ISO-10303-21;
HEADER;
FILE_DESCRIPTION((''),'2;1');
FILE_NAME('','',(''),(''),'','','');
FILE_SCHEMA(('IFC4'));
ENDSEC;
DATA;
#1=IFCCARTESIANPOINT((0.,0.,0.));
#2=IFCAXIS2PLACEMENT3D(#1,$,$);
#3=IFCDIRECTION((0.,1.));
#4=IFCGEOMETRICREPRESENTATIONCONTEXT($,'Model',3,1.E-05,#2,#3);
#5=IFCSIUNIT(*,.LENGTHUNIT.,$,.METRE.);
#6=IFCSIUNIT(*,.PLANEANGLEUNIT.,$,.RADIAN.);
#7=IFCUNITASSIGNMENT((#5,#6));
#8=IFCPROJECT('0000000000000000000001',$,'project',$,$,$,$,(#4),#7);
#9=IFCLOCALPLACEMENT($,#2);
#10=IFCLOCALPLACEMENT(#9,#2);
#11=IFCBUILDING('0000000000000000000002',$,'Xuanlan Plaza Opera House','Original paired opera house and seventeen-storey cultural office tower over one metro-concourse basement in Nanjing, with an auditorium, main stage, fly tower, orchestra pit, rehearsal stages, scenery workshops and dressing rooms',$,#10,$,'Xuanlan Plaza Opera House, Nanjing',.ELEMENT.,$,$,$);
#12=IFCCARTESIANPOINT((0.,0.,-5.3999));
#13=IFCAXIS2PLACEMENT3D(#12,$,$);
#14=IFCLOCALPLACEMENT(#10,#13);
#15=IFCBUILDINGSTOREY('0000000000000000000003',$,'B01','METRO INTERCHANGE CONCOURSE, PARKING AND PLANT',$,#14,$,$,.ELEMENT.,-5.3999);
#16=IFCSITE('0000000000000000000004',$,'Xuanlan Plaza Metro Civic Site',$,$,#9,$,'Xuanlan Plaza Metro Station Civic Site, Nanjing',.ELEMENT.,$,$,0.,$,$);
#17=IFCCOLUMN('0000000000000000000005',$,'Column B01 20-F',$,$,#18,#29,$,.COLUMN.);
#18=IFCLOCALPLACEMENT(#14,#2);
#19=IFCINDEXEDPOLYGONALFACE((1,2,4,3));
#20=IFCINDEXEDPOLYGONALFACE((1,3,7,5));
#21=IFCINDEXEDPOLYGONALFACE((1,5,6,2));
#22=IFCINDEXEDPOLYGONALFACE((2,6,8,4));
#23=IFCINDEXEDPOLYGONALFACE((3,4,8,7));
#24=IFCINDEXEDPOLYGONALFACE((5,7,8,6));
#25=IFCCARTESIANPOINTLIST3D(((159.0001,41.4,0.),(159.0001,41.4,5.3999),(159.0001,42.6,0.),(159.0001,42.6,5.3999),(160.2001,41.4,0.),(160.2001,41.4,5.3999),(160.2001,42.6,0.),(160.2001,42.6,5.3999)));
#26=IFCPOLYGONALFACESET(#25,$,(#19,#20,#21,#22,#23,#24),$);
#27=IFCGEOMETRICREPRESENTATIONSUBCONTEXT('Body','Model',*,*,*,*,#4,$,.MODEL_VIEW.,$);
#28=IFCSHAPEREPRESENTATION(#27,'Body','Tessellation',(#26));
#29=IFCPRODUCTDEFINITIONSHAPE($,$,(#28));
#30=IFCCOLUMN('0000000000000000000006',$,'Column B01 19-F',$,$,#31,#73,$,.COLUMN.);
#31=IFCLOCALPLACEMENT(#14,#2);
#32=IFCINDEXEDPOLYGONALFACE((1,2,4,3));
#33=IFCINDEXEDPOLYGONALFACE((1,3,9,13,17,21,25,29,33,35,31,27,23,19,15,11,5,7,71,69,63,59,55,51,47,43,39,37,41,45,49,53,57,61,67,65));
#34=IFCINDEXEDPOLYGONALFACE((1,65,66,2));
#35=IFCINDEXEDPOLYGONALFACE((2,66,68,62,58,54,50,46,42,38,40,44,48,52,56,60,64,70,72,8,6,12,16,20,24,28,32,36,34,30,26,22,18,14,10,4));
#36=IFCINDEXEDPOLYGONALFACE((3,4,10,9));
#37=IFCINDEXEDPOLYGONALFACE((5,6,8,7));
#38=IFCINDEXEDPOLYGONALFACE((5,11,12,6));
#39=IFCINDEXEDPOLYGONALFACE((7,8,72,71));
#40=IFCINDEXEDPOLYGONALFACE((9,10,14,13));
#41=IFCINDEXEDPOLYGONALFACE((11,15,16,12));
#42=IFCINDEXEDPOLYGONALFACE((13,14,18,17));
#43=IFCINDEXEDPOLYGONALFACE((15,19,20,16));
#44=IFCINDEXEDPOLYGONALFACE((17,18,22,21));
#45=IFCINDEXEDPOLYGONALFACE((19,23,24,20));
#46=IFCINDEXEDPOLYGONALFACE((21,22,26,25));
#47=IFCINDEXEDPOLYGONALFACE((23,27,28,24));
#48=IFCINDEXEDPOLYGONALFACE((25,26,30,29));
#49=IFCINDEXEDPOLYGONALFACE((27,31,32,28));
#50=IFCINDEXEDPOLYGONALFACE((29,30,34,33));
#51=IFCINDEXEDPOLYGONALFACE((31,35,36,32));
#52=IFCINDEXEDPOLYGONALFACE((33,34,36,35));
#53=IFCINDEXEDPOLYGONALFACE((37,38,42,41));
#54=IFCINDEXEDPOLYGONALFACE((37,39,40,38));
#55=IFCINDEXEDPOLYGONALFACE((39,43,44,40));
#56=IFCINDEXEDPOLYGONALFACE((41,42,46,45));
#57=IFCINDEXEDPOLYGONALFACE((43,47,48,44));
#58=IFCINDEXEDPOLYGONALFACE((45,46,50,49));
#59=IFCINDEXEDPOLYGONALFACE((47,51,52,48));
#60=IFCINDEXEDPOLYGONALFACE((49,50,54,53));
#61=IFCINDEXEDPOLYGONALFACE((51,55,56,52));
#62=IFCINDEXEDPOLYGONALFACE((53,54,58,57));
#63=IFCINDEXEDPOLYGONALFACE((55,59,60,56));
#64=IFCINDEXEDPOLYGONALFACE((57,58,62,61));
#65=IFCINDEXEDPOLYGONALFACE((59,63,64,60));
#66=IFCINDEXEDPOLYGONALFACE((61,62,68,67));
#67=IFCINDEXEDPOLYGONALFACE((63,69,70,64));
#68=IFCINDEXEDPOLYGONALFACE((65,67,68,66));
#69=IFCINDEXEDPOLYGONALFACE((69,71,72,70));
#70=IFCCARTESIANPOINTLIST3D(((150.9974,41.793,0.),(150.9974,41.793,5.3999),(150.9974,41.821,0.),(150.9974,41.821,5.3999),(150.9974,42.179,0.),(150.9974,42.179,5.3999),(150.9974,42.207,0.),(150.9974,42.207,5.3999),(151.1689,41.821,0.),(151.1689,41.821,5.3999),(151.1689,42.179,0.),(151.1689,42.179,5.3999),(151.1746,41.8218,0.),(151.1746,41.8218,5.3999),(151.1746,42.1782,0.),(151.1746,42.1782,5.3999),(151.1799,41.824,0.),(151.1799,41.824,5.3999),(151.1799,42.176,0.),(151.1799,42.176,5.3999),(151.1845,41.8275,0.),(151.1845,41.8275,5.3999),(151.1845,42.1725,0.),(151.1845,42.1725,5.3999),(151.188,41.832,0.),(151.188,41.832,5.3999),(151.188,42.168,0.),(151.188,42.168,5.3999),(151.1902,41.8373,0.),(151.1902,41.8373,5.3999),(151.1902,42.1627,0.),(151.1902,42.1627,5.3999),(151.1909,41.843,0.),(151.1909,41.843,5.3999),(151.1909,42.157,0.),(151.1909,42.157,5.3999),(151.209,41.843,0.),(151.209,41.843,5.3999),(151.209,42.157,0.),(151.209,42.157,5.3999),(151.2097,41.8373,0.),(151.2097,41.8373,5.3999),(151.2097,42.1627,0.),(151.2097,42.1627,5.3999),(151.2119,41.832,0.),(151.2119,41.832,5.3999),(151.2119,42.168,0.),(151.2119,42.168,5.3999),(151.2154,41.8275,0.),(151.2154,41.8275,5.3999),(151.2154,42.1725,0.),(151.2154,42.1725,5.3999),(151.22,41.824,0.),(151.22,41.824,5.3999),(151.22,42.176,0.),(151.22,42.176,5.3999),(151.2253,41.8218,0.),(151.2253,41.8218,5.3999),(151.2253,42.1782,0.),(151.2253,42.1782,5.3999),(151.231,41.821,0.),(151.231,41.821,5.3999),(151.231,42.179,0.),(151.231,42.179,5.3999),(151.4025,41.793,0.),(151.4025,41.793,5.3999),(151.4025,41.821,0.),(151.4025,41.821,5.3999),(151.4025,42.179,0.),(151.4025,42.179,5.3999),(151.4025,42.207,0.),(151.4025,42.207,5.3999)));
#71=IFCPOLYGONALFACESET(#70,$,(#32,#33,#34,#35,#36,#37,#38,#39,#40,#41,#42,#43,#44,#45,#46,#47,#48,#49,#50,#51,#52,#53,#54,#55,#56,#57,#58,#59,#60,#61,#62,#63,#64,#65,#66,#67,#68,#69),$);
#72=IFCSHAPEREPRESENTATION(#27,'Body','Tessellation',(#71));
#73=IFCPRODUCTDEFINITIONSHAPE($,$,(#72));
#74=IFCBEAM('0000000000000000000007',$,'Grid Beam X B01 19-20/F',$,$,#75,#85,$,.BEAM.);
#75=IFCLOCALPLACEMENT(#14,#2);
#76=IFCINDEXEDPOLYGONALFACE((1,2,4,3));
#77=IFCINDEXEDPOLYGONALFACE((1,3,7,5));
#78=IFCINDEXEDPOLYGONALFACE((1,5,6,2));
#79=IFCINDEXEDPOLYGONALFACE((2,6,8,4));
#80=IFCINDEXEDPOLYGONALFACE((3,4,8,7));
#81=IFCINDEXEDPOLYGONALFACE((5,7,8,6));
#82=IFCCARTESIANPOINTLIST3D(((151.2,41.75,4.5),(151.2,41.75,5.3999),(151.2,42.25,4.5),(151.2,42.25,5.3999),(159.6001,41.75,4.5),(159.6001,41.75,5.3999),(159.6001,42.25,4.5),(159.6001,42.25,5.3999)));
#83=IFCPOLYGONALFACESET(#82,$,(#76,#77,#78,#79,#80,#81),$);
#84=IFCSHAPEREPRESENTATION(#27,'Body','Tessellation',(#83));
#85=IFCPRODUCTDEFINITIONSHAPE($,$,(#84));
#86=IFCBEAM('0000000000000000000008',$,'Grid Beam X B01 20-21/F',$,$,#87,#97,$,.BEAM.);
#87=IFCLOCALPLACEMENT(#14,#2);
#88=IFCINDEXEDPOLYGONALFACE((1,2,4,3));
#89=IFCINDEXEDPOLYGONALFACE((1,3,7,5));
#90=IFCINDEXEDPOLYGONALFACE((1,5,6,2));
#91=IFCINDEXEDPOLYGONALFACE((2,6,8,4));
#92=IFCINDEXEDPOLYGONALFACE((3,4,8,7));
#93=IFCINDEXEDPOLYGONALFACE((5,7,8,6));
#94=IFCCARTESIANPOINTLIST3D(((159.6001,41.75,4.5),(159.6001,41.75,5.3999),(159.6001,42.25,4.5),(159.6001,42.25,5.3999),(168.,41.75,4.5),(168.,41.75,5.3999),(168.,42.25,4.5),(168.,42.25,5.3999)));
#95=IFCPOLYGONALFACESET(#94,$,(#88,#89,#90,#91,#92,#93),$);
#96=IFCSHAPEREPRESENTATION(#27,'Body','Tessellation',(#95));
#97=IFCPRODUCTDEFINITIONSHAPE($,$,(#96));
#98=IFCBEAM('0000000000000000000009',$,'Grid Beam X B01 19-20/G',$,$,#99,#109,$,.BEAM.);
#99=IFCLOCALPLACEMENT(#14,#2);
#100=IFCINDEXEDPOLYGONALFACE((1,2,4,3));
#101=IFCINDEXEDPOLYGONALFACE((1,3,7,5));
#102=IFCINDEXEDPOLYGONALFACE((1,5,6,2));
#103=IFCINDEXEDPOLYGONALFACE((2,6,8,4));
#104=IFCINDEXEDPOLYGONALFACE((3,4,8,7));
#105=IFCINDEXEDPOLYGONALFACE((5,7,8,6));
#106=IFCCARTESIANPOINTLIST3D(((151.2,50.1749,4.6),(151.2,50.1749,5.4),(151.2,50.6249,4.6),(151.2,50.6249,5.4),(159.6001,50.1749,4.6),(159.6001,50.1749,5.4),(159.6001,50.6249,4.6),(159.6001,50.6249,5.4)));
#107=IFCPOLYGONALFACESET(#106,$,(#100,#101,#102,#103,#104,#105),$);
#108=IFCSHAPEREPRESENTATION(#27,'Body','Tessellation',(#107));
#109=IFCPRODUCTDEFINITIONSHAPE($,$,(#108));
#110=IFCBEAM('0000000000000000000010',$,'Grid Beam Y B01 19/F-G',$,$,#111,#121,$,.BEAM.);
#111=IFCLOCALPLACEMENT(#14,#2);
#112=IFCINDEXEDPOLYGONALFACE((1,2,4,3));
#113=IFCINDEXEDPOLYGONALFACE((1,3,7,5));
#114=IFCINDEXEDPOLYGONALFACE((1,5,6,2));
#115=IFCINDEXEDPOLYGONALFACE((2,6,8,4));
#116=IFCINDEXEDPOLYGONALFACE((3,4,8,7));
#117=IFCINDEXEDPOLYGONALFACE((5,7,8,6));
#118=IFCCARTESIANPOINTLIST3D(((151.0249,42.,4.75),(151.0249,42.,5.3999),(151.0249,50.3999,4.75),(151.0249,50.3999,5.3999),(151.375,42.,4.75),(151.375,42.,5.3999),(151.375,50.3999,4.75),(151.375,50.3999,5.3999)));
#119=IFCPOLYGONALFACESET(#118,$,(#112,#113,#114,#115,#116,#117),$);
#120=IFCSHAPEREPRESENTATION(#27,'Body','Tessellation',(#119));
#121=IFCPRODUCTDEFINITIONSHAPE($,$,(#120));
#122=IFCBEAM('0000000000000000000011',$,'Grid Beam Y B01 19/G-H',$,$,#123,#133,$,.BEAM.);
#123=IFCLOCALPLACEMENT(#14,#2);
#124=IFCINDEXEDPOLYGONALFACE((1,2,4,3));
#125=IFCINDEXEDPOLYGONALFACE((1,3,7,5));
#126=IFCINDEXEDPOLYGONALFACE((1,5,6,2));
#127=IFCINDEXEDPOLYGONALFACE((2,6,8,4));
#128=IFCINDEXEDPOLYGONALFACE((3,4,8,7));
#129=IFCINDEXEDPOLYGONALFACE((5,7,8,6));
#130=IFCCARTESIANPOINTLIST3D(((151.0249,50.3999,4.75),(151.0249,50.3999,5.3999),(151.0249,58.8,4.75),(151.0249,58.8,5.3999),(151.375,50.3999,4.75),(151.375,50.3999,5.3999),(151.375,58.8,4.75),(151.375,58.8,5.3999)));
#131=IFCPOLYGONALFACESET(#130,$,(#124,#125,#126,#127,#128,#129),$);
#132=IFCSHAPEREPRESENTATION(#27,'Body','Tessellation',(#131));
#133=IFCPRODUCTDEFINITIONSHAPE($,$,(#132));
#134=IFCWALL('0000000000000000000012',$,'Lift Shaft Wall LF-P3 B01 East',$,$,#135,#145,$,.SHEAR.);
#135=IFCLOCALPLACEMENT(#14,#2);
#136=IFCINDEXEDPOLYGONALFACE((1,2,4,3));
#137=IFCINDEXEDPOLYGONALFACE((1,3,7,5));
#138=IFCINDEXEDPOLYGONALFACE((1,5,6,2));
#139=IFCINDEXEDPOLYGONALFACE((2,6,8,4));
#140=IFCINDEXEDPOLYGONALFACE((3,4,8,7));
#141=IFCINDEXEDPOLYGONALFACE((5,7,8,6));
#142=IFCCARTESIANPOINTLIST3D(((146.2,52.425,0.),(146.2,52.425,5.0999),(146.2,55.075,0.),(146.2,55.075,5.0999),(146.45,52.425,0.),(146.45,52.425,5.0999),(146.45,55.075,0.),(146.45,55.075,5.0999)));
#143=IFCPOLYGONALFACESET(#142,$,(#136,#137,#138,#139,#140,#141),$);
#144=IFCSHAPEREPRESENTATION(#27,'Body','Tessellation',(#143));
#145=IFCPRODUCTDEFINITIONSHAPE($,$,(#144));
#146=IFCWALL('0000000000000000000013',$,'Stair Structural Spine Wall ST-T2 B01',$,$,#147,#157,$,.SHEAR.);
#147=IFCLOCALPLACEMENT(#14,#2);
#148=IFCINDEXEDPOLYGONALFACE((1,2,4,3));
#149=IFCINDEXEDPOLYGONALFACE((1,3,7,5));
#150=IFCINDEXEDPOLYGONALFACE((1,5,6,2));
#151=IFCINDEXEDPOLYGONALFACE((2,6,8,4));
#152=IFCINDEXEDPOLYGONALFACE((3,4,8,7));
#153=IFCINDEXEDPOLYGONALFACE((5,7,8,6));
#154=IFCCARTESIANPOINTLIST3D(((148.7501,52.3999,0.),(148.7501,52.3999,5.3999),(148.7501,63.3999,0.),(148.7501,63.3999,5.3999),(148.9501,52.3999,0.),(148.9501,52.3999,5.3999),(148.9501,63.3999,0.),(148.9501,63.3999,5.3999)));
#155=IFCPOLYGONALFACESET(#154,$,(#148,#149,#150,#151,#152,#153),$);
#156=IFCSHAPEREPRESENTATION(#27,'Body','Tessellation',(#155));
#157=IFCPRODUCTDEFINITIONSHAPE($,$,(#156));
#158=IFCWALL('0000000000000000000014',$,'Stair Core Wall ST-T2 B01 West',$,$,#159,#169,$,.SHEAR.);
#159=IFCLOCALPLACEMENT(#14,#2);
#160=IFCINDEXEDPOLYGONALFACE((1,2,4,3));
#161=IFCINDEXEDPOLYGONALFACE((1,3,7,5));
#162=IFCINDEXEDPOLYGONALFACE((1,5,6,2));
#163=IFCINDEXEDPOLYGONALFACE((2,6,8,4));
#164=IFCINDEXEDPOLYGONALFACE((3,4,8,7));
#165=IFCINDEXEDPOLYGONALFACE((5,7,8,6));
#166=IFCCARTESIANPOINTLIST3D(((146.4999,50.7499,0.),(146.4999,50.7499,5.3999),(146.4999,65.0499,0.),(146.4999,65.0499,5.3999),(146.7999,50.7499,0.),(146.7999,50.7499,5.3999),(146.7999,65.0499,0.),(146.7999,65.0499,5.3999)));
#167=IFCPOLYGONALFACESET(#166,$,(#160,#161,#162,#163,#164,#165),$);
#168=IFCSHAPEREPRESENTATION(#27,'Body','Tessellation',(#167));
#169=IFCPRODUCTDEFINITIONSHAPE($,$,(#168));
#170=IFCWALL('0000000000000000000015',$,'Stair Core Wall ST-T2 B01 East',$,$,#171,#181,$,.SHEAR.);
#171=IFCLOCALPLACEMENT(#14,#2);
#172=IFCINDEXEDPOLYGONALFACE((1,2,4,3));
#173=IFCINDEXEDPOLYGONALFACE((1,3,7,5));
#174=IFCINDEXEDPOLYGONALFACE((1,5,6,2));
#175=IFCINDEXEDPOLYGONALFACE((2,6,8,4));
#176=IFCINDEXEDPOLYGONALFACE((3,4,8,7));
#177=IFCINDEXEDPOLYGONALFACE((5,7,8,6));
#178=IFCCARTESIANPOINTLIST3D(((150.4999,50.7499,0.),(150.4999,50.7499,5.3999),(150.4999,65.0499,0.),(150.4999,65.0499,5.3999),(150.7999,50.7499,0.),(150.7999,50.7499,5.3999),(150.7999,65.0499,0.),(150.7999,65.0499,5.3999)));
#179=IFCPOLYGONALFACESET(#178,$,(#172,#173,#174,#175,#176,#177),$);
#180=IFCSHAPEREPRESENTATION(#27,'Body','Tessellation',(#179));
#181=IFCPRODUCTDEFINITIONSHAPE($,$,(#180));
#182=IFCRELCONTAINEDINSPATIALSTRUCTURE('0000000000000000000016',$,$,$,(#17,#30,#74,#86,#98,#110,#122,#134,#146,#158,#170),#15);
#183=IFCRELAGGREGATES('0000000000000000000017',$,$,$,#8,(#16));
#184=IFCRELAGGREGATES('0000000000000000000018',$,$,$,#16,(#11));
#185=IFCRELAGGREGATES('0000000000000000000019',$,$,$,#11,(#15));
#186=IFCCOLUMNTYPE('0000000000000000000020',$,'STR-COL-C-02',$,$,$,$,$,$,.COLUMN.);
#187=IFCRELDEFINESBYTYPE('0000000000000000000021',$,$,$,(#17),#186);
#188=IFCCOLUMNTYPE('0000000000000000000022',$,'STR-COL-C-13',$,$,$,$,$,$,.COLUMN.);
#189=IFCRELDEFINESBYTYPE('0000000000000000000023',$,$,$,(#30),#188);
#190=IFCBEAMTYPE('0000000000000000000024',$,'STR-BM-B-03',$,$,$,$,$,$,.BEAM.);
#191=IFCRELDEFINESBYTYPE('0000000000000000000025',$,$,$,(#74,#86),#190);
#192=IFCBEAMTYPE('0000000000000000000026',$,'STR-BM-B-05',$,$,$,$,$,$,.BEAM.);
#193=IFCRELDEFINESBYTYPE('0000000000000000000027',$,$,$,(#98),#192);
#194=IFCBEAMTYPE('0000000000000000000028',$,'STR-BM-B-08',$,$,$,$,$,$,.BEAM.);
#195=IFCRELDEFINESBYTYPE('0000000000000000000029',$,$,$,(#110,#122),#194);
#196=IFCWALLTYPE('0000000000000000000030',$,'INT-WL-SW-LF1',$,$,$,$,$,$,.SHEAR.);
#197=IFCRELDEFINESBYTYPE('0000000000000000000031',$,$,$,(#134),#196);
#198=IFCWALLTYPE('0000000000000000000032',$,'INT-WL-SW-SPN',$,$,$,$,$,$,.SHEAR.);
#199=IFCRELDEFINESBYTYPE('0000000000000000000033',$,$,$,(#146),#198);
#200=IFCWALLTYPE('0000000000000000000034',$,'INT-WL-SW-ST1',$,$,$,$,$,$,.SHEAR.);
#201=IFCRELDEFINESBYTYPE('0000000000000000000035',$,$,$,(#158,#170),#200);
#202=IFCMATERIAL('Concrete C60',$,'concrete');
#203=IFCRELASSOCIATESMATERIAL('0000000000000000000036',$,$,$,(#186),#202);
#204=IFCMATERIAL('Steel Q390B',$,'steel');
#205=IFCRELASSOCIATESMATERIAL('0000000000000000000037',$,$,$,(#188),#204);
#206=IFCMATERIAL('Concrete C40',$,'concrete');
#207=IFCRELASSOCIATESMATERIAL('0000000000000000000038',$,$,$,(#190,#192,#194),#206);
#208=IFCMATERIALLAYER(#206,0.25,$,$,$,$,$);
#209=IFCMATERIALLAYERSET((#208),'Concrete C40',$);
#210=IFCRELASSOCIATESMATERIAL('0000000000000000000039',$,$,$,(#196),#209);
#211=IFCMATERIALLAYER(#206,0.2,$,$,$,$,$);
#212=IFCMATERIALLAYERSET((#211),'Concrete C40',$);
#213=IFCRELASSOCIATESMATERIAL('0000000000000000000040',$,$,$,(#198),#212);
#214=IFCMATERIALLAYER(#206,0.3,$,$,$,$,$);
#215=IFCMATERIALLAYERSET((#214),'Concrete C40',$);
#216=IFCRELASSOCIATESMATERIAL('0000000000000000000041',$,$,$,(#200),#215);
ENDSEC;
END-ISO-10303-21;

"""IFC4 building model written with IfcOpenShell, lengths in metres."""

from ifc_helpers import new_model, si_unit, direction, frame, frame_2d, origin, origin_2d, place, context, subcontext, project, spatial, rectangle, i_section, extrude, material, layer, layer_set, material_profile, profile_set, type_object, element, save


model = new_model("IFC4")

# Units and contexts
model_context = context("Model", 3, precision=1e-05, world=origin(), true_north=direction((0.0, 1.0)))
body_context = subcontext(model_context, "Body", "Model", "MODEL_VIEW")
ifc_project = project(units=[si_unit("LENGTHUNIT", "METRE"), si_unit("PLANEANGLEUNIT", "RADIAN")], contexts=[model_context])

# Site, building, storey
site_placement = place(None, origin())
site = spatial("IfcSite", under=ifc_project, at=site_placement, Name="Xuanlan Plaza Metro Civic Site", LongName="Xuanlan Plaza Metro Station Civic Site, Nanjing", CompositionType="ELEMENT", RefElevation=0.0)
building_placement = place(site_placement, origin())
building = spatial("IfcBuilding", under=site, at=building_placement, Name="Xuanlan Plaza Opera House", Description="Original paired opera house and seventeen-storey cultural office tower over one metro-concourse basement in Nanjing, with an auditorium, main stage, fly tower, orchestra pit, rehearsal stages, scenery workshops and dressing rooms", LongName="Xuanlan Plaza Opera House, Nanjing", CompositionType="ELEMENT")
storey_placement = place(building_placement, frame((0.0, 0.0, -5.3999)))
storey = spatial("IfcBuildingStorey", under=building, at=storey_placement, Name="B01", Description="METRO INTERCHANGE CONCOURSE, PARKING AND PLANT", CompositionType="ELEMENT", Elevation=-5.3999)

# Shared definitions
ifc_material_1 = material(Name="Concrete C40", Category="concrete")

# Columns
ifc_material_2 = material(Name="Concrete C60", Category="concrete")
ifc_material_profile_1 = material_profile(ifc_material_2, rectangle(XDim=1.2, YDim=1.2, at=origin_2d()), Name="RC-COL 1200x1200")
ifc_profile_set_1 = profile_set([ifc_material_profile_1], Name="Concrete C60")
column_type_1 = type_object("IfcColumnType", Name="STR-COL-C-02", PredefinedType="COLUMN", material=ifc_profile_set_1)
for number, where, z_axis, x_axis, name in (
    (1, (159.6001, 42.0, 0.0), (0.0, 0.0, 1.0), (1.0, 0.0, 0.0), "Column B01 20-F"),
):
    element("IfcColumn", number, at=place(storey_placement, frame(where, z_axis=z_axis, x_axis=x_axis)), inside=storey, type_object=column_type_1, Name=name, PredefinedType="COLUMN", context=body_context, shape_type="SweptSolid", body=[
        extrude(rectangle(XDim=1.2, YDim=1.2, at=origin_2d()), origin(), (0.0, 0.0, 1.0), 5.3999),
    ])
ifc_material_3 = material(Name="Steel Q390B", Category="steel")
ifc_material_profile_2 = material_profile(ifc_material_3, i_section(OverallWidth=0.405, OverallDepth=0.4141, WebThickness=0.0181, FlangeThickness=0.0281, FilletRadius=0.022, at=origin_2d()), Name="HW 414x405x18x28")
ifc_profile_set_2 = profile_set([ifc_material_profile_2], Name="Steel Q390B")
column_type_2 = type_object("IfcColumnType", Name="STR-COL-C-13", PredefinedType="COLUMN", material=ifc_profile_set_2)
column_placement = place(storey_placement, frame((151.2, 42.0, 0.0), z_axis=(0.0, 0.0, 1.0), x_axis=(1.0, 0.0, 0.0)))
element("IfcColumn", 2, at=column_placement, inside=storey, type_object=column_type_2, Name="Column B01 19-F", PredefinedType="COLUMN", context=body_context, shape_type="SweptSolid", body=[
    extrude(i_section(OverallWidth=0.405, OverallDepth=0.4141, WebThickness=0.0181, FlangeThickness=0.0281, FilletRadius=0.022, at=origin_2d()), origin(), (0.0, 0.0, 1.0), 5.3999),
])

# Beams
ifc_material_profile_3 = material_profile(ifc_material_1, rectangle(XDim=0.5, YDim=0.8999, at=origin_2d()), Name="RC-BM 500x900")
ifc_profile_set_3 = profile_set([ifc_material_profile_3], Name="Concrete C40")
beam_type_1 = type_object("IfcBeamType", Name="STR-BM-B-03", PredefinedType="BEAM", material=ifc_profile_set_3)
beam_1_placement = place(storey_placement, frame((151.2, 42.0, 4.95), z_axis=(1.0, 0.0, 0.0), x_axis=(0.0, 1.0, 0.0)))
element("IfcBeam", 3, at=beam_1_placement, inside=storey, type_object=beam_type_1, Name="Grid Beam X B01 19-20/F", PredefinedType="BEAM", context=body_context, shape_type="SweptSolid", body=[
    extrude(rectangle(XDim=0.5, YDim=0.8999, at=origin_2d()), origin(), (0.0, 0.0, 1.0), 8.4001),
])
beam_2_placement = place(storey_placement, frame((159.6001, 42.0, 4.95), z_axis=(1.0, 0.0, 0.0), x_axis=(0.0, 1.0, 0.0)))
element("IfcBeam", 4, at=beam_2_placement, inside=storey, type_object=beam_type_1, Name="Grid Beam X B01 20-21/F", PredefinedType="BEAM", context=body_context, shape_type="SweptSolid", body=[
    extrude(rectangle(XDim=0.5, YDim=0.8999, at=origin_2d()), origin(), (0.0, 0.0, 1.0), 8.3999),
])
ifc_material_profile_4 = material_profile(ifc_material_1, rectangle(XDim=0.45, YDim=0.8, at=origin_2d()), Name="RC-BM 450x800")
ifc_profile_set_4 = profile_set([ifc_material_profile_4], Name="Concrete C40")
beam_type_2 = type_object("IfcBeamType", Name="STR-BM-B-05", PredefinedType="BEAM", material=ifc_profile_set_4)
beam_3_placement = place(storey_placement, frame((151.2, 50.3999, 5.0), z_axis=(1.0, 0.0, 0.0), x_axis=(0.0, 1.0, 0.0)))
element("IfcBeam", 5, at=beam_3_placement, inside=storey, type_object=beam_type_2, Name="Grid Beam X B01 19-20/G", PredefinedType="BEAM", context=body_context, shape_type="SweptSolid", body=[
    extrude(rectangle(XDim=0.45, YDim=0.8, at=origin_2d()), origin(), (0.0, 0.0, 1.0), 8.4001),
])
ifc_material_profile_5 = material_profile(ifc_material_1, rectangle(XDim=0.3501, YDim=0.6499, at=origin_2d()), Name="RC-BM 350x650")
ifc_profile_set_5 = profile_set([ifc_material_profile_5], Name="Concrete C40")
beam_type_3 = type_object("IfcBeamType", Name="STR-BM-B-08", PredefinedType="BEAM", material=ifc_profile_set_5)
beam_4_placement = place(storey_placement, frame((151.2, 42.0, 5.075), z_axis=(0.0, 1.0, 0.0), x_axis=(-1.0, 0.0, 0.0)))
element("IfcBeam", 6, at=beam_4_placement, inside=storey, type_object=beam_type_3, Name="Grid Beam Y B01 19/F-G", PredefinedType="BEAM", context=body_context, shape_type="SweptSolid", body=[
    extrude(rectangle(XDim=0.3501, YDim=0.6499, at=origin_2d()), origin(), (0.0, 0.0, 1.0), 8.3999),
])
beam_5_placement = place(storey_placement, frame((151.2, 50.3999, 5.075), z_axis=(0.0, 1.0, 0.0), x_axis=(-1.0, 0.0, 0.0)))
element("IfcBeam", 7, at=beam_5_placement, inside=storey, type_object=beam_type_3, Name="Grid Beam Y B01 19/G-H", PredefinedType="BEAM", context=body_context, shape_type="SweptSolid", body=[
    extrude(rectangle(XDim=0.3501, YDim=0.6499, at=origin_2d()), origin(), (0.0, 0.0, 1.0), 8.4001),
])

# Walls
ifc_layer_1 = layer(ifc_material_1, 0.25)
ifc_layer_set_1 = layer_set([ifc_layer_1], Name="Concrete C40")
wall_type_1 = type_object("IfcWallType", Name="INT-WL-SW-LF1", PredefinedType="SHEAR", material=ifc_layer_set_1)
wall_1_placement = place(storey_placement, frame((146.325, 52.425, 0.0), z_axis=(0.0, 0.0, 1.0), x_axis=(0.0, 1.0, 0.0)))
element("IfcWall", 8, at=wall_1_placement, inside=storey, type_object=wall_type_1, Name="Lift Shaft Wall LF-P3 B01 East", PredefinedType="SHEAR", context=body_context, shape_type="SweptSolid", body=[
    extrude(rectangle(XDim=2.6499, YDim=0.25, at=frame_2d((1.325, 0.0))), origin(), (0.0, 0.0, 1.0), 5.0999),
])
ifc_layer_2 = layer(ifc_material_1, 0.2)
ifc_layer_set_2 = layer_set([ifc_layer_2], Name="Concrete C40")
wall_type_2 = type_object("IfcWallType", Name="INT-WL-SW-SPN", PredefinedType="SHEAR", material=ifc_layer_set_2)
wall_2_placement = place(storey_placement, frame((148.8501, 52.3999, 0.0), z_axis=(0.0, 0.0, 1.0), x_axis=(0.0, 1.0, 0.0)))
element("IfcWall", 9, at=wall_2_placement, inside=storey, type_object=wall_type_2, Name="Stair Structural Spine Wall ST-T2 B01", PredefinedType="SHEAR", context=body_context, shape_type="SweptSolid", body=[
    extrude(rectangle(XDim=11.0, YDim=0.2, at=frame_2d((5.5, 0.0))), origin(), (0.0, 0.0, 1.0), 5.3999),
])

# Shared definitions
ifc_layer_3 = layer(ifc_material_1, 0.3)
ifc_layer_set_3 = layer_set([ifc_layer_3], Name="Concrete C40")
wall_type_3 = type_object("IfcWallType", Name="INT-WL-SW-ST1", PredefinedType="SHEAR", material=ifc_layer_set_3)

# Walls
for number, where, z_axis, x_axis, name in (
    (10, (146.6499, 50.75, 0.0), (0.0, 0.0, 1.0), (0.0, 1.0, 0.0), "Stair Core Wall ST-T2 B01 West"),
    (11, (150.6499, 50.75, 0.0), (0.0, 0.0, 1.0), (0.0, 1.0, 0.0), "Stair Core Wall ST-T2 B01 East"),
):
    element("IfcWall", number, at=place(storey_placement, frame(where, z_axis=z_axis, x_axis=x_axis)), inside=storey, type_object=wall_type_3, Name=name, PredefinedType="SHEAR", context=body_context, shape_type="SweptSolid", body=[
        extrude(rectangle(XDim=14.3, YDim=0.3, at=frame_2d((7.1499, 0.0))), origin(), (0.0, 0.0, 1.0), 5.3999),
    ])

save(model, "model.ifc")
